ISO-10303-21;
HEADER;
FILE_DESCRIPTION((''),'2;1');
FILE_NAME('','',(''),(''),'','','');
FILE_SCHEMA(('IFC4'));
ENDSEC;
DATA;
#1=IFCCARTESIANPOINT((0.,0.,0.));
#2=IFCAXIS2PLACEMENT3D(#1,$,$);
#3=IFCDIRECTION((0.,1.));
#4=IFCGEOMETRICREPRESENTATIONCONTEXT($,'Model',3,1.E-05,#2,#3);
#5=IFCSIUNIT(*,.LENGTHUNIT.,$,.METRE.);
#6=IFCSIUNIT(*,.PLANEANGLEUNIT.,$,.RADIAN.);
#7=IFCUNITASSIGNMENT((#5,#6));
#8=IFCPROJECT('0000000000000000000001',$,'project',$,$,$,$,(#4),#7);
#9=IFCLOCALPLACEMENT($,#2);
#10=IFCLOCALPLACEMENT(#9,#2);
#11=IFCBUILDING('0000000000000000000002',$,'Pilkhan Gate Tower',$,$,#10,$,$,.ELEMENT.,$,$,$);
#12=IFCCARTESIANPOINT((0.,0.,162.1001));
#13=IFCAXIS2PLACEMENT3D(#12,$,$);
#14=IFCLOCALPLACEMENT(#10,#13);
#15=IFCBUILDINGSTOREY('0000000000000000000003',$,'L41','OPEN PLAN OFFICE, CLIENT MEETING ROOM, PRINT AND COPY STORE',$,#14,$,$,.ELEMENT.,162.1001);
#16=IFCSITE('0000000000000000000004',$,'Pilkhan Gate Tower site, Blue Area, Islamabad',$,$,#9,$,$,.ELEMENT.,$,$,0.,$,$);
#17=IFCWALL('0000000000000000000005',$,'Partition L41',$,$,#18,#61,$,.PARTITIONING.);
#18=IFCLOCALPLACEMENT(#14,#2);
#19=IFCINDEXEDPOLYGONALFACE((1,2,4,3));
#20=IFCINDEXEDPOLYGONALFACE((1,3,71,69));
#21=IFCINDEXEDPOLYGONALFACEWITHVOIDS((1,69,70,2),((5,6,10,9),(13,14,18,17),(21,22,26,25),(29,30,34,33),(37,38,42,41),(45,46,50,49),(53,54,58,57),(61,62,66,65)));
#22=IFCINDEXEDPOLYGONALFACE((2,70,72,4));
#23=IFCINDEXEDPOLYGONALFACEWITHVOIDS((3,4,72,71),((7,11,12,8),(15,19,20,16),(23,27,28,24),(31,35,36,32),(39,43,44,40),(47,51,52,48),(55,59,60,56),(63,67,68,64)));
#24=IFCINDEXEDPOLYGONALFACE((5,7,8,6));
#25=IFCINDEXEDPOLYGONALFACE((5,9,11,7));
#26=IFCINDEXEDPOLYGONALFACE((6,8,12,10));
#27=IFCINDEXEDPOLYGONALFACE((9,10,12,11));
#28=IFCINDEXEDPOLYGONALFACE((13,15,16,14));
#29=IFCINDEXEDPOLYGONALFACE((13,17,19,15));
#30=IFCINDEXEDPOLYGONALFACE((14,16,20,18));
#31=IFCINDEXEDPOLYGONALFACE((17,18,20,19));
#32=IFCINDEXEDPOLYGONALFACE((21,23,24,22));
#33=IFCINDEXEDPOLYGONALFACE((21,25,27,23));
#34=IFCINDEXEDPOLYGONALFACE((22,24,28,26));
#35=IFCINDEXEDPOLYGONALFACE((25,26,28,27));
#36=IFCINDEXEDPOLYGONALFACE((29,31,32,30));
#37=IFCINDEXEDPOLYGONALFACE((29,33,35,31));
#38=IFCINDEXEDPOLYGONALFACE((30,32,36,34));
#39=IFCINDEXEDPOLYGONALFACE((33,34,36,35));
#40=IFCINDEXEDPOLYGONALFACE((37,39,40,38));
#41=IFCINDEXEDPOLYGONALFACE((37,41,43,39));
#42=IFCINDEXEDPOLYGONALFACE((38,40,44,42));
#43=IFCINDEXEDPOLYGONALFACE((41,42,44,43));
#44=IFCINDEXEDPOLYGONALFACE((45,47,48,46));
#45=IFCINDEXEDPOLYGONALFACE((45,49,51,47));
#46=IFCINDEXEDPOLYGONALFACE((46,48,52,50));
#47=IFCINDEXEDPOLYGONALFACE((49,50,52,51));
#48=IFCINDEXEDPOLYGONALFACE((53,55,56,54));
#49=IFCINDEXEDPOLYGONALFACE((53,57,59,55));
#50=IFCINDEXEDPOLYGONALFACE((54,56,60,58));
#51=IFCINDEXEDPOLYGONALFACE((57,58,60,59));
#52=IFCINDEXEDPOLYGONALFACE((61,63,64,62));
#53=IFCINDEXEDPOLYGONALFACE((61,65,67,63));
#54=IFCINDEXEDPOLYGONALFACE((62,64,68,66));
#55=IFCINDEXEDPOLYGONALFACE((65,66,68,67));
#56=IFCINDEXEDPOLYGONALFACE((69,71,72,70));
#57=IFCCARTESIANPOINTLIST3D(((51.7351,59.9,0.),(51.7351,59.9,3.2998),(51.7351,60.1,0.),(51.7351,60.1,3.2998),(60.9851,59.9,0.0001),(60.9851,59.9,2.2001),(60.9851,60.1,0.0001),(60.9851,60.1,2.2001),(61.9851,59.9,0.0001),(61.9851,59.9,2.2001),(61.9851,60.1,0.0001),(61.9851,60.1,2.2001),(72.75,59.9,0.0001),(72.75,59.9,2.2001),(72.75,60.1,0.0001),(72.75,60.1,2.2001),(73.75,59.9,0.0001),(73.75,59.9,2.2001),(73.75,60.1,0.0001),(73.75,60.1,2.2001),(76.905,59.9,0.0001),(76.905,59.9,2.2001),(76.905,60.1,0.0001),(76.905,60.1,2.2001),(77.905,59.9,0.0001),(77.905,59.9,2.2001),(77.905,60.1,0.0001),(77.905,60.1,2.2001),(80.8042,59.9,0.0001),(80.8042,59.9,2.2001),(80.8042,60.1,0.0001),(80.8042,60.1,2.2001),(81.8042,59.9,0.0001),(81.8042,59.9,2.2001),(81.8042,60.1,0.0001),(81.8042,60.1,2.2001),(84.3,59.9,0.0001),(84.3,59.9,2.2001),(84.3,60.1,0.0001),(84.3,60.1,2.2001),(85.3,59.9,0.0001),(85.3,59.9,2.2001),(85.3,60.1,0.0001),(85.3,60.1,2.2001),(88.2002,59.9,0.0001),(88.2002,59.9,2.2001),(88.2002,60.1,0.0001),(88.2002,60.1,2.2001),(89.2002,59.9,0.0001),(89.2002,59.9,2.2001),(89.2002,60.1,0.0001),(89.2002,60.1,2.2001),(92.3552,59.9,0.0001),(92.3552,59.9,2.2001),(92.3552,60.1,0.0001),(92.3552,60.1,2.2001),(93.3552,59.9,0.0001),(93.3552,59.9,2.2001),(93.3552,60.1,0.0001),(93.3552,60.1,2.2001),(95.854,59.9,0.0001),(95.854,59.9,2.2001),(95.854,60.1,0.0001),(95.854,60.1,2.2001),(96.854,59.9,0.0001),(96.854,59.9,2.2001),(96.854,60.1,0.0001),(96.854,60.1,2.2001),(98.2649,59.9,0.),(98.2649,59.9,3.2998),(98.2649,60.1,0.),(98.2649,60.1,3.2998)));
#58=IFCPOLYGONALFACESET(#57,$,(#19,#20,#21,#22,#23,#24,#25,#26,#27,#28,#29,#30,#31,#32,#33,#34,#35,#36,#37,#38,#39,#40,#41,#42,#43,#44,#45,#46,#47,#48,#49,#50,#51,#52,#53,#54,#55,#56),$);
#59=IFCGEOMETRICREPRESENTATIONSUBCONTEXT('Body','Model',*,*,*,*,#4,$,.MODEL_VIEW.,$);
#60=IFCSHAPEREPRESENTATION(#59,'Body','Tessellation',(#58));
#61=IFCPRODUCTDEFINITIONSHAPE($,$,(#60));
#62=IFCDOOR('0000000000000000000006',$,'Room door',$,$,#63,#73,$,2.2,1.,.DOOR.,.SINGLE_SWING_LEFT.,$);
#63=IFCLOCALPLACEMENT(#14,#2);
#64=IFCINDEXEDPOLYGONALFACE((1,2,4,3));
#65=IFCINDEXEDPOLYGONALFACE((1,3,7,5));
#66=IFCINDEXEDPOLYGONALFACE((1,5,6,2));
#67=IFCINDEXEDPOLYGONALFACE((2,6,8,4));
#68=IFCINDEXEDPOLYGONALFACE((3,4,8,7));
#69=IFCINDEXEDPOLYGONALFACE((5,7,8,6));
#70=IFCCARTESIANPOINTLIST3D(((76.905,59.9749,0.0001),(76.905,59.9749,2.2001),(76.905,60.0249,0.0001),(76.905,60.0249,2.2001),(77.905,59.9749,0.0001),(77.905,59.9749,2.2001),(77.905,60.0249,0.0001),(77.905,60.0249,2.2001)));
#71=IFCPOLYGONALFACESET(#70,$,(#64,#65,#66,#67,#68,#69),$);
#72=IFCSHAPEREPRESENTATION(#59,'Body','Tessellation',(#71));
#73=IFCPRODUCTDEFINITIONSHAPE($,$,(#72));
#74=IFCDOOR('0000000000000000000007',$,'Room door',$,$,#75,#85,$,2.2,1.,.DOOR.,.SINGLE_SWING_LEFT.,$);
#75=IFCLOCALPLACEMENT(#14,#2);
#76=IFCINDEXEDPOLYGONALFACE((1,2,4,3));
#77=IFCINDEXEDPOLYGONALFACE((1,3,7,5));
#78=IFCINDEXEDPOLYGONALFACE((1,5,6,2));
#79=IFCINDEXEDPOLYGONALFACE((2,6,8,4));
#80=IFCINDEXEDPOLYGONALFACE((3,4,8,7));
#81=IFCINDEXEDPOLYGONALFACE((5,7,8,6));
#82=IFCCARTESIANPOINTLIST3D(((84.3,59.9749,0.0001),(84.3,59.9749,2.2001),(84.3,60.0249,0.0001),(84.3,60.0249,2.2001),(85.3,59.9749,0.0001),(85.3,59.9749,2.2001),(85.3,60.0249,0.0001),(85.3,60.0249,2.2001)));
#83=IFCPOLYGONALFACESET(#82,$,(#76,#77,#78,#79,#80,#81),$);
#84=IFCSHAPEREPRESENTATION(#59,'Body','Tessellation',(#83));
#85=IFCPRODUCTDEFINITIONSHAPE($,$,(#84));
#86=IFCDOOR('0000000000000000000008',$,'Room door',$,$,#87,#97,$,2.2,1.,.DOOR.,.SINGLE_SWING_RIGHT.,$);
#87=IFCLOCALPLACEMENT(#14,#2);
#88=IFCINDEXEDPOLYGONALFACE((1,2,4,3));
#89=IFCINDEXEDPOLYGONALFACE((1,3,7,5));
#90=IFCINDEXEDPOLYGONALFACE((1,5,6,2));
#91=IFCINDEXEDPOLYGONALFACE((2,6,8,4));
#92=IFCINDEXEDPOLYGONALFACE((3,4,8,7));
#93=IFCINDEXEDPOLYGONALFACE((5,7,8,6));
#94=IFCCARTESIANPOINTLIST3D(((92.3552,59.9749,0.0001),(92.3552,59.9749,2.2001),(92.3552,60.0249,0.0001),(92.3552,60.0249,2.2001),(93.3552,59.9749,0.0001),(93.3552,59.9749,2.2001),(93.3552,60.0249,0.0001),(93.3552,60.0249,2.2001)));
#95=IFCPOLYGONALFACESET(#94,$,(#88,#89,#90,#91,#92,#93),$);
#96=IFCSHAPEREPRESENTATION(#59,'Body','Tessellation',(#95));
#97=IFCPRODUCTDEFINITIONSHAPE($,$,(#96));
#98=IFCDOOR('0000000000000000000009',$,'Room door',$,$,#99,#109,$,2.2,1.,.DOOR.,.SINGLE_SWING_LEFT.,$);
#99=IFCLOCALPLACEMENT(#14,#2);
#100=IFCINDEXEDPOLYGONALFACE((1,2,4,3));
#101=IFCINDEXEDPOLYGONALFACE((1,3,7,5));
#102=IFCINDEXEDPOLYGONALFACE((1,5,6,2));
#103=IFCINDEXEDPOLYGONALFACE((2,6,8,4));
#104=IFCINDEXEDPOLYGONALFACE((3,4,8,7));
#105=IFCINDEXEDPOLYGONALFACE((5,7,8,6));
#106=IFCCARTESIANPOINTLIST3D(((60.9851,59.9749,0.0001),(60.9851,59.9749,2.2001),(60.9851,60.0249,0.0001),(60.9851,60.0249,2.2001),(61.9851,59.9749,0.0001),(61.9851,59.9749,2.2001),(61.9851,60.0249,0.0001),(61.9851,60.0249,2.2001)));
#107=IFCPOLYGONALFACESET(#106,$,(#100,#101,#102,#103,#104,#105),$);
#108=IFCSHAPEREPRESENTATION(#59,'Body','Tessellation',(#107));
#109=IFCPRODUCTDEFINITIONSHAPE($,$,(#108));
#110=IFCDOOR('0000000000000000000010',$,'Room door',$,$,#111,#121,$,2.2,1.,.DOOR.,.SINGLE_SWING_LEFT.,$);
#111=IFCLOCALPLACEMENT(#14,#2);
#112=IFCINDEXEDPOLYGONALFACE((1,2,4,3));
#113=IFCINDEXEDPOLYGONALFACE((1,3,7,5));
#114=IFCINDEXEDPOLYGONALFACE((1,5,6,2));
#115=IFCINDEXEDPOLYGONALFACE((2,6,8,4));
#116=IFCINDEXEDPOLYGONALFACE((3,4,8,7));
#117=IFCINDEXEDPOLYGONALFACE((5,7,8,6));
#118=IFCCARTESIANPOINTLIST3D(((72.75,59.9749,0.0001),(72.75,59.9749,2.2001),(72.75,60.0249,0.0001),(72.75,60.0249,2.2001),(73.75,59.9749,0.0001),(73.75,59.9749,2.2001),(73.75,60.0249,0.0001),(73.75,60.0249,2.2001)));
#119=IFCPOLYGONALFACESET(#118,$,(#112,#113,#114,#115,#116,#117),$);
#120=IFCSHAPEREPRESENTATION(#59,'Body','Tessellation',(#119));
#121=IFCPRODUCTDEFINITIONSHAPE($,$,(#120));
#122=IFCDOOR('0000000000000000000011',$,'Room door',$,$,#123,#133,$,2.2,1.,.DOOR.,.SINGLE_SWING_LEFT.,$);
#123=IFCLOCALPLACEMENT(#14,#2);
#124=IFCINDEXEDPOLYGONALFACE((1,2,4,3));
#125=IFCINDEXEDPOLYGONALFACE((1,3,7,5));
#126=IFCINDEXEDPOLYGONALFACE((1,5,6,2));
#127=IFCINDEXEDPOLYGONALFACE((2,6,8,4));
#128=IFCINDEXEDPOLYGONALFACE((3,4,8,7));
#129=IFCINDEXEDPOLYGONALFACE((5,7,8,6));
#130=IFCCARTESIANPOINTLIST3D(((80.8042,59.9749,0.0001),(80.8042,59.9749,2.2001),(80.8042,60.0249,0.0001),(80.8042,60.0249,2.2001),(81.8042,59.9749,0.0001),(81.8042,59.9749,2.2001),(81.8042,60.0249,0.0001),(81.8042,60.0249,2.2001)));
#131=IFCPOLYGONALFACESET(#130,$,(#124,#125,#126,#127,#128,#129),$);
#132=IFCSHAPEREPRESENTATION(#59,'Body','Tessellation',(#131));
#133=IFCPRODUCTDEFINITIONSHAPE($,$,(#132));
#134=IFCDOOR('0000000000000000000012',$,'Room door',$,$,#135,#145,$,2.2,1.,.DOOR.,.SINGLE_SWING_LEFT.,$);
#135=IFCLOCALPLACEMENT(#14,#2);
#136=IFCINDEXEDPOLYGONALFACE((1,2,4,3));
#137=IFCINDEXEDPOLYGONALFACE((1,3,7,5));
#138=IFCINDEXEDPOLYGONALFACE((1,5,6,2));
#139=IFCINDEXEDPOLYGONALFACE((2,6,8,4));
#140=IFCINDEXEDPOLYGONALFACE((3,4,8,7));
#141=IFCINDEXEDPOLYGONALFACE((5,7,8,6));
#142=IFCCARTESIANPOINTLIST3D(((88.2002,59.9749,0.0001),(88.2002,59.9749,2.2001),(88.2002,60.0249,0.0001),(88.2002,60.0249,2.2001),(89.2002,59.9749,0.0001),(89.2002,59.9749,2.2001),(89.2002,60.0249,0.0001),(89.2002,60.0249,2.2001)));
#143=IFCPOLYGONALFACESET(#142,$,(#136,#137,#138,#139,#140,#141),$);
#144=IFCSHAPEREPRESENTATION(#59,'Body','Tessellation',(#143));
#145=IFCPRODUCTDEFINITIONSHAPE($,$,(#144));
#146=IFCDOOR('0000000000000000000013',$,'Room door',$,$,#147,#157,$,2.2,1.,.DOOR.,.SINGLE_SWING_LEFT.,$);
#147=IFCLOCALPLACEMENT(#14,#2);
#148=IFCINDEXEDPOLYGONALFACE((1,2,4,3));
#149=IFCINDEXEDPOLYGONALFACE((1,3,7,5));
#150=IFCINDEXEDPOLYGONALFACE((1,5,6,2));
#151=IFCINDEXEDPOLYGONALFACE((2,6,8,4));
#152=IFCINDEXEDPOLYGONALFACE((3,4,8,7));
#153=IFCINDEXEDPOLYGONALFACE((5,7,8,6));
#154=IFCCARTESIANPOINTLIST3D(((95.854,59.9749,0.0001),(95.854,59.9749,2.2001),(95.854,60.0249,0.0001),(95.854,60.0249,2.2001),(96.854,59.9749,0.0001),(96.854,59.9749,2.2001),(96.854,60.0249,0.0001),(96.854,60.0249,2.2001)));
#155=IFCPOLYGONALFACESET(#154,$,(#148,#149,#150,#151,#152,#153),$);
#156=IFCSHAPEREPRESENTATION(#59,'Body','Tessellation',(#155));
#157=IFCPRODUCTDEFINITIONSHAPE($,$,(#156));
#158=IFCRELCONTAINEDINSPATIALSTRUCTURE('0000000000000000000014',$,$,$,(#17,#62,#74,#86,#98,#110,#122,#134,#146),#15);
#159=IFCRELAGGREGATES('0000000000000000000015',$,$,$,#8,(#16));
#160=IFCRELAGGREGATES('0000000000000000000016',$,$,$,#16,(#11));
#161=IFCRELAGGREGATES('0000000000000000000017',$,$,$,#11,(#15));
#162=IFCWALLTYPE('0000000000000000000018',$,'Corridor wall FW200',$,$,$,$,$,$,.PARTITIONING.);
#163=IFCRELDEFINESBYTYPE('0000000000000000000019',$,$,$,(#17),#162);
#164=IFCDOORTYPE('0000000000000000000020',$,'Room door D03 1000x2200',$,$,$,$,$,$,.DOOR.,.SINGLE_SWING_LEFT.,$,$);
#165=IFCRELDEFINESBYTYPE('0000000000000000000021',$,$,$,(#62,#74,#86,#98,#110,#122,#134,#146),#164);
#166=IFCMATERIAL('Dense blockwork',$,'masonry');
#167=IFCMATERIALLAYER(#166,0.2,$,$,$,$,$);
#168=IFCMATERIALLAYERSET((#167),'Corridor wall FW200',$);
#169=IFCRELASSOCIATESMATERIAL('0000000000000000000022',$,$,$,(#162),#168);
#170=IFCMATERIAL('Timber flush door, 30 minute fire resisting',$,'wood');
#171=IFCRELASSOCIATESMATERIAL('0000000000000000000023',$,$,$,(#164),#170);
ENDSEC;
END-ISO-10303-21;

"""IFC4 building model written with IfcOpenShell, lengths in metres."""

from ifc_helpers import new_model, si_unit, direction, frame, frame_2d, origin, place, context, subcontext, project, spatial, rectangle, extrude, material, layer, layer_set, type_object, element, fill, save


model = new_model("IFC4")

# Units and contexts
model_context = context("Model", 3, precision=1e-05, world=origin(), true_north=direction((0.0, 1.0)))
body_context = subcontext(model_context, "Body", "Model", "MODEL_VIEW")
ifc_project = project(units=[si_unit("LENGTHUNIT", "METRE"), si_unit("PLANEANGLEUNIT", "RADIAN")], contexts=[model_context])

# Site, building, storey
site_placement = place(None, origin())
site = spatial("IfcSite", under=ifc_project, at=site_placement, Name="Pilkhan Gate Tower site, Blue Area, Islamabad", CompositionType="ELEMENT", RefElevation=0.0)
building_placement = place(site_placement, origin())
building = spatial("IfcBuilding", under=site, at=building_placement, Name="Pilkhan Gate Tower", CompositionType="ELEMENT")
storey_placement = place(building_placement, frame((0.0, 0.0, 162.1001)))
storey = spatial("IfcBuildingStorey", under=building, at=storey_placement, Name="L41", Description="OPEN PLAN OFFICE, CLIENT MEETING ROOM, PRINT AND COPY STORE", CompositionType="ELEMENT", Elevation=162.1001)

# Wall, openings, doors
ifc_material_1 = material(Name="Dense blockwork", Category="masonry")
ifc_layer_1 = layer(ifc_material_1, 0.2)
ifc_layer_set_1 = layer_set([ifc_layer_1], Name="Corridor wall FW200")
wall_type_1 = type_object("IfcWallType", Name="Corridor wall FW200", PredefinedType="PARTITIONING", material=ifc_layer_set_1)
wall_1_placement = place(storey_placement, frame((51.7351, 60.0, 0.0), z_axis=(0.0, 0.0, 1.0), x_axis=(1.0, 0.0, 0.0)))
wall_1 = element("IfcWall", 1, at=wall_1_placement, inside=storey, type_object=wall_type_1, Name="Partition L41", PredefinedType="PARTITIONING", context=body_context, shape_type="SweptSolid", body=[
    extrude(rectangle(XDim=46.5298, YDim=0.2, at=frame_2d((23.2649, 0.0))), origin(), (0.0, 0.0, 1.0), 3.2998),
])
opening_1_placement = place(wall_1_placement, frame((25.1699, 0.0, 0.0)))
opening_1 = element("IfcOpeningElement", 2, at=opening_1_placement, cuts=wall_1, PredefinedType="OPENING", context=body_context, shape_type="SweptSolid", body=[
    extrude(rectangle(XDim=1.0, YDim=2.2, at=frame_2d((0.5, 1.1001))), frame((0.0, 0.1099, 0.0), z_axis=(0.0, -1.0, 0.0), x_axis=(1.0, 0.0, 0.0)), (0.0, 0.0, 1.0), 0.22),
])
opening_2_placement = place(wall_1_placement, frame((32.5649, 0.0, 0.0)))
opening_2 = element("IfcOpeningElement", 3, at=opening_2_placement, cuts=wall_1, PredefinedType="OPENING", context=body_context, shape_type="SweptSolid", body=[
    extrude(rectangle(XDim=1.0, YDim=2.2, at=frame_2d((0.5, 1.1001))), frame((0.0, 0.1099, 0.0), z_axis=(0.0, -1.0, 0.0), x_axis=(1.0, 0.0, 0.0)), (0.0, 0.0, 1.0), 0.22),
])
opening_3_placement = place(wall_1_placement, frame((40.6201, 0.0, 0.0)))
opening_3 = element("IfcOpeningElement", 4, at=opening_3_placement, cuts=wall_1, PredefinedType="OPENING", context=body_context, shape_type="SweptSolid", body=[
    extrude(rectangle(XDim=1.0, YDim=2.2, at=frame_2d((0.5, 1.1001))), frame((0.0, 0.1099, 0.0), z_axis=(0.0, -1.0, 0.0), x_axis=(1.0, 0.0, 0.0)), (0.0, 0.0, 1.0), 0.22),
])
opening_4_placement = place(wall_1_placement, frame((9.25, 0.0, 0.0)))
opening_4 = element("IfcOpeningElement", 5, at=opening_4_placement, cuts=wall_1, PredefinedType="OPENING", context=body_context, shape_type="SweptSolid", body=[
    extrude(rectangle(XDim=1.0, YDim=2.2, at=frame_2d((0.5, 1.1001))), frame((0.0, 0.1099, 0.0), z_axis=(0.0, -1.0, 0.0), x_axis=(1.0, 0.0, 0.0)), (0.0, 0.0, 1.0), 0.22),
])
opening_5_placement = place(wall_1_placement, frame((21.0149, 0.0, 0.0)))
opening_5 = element("IfcOpeningElement", 6, at=opening_5_placement, cuts=wall_1, PredefinedType="OPENING", context=body_context, shape_type="SweptSolid", body=[
    extrude(rectangle(XDim=1.0, YDim=2.2, at=frame_2d((0.5, 1.1001))), frame((0.0, 0.1099, 0.0), z_axis=(0.0, -1.0, 0.0), x_axis=(1.0, 0.0, 0.0)), (0.0, 0.0, 1.0), 0.22),
])
opening_6_placement = place(wall_1_placement, frame((29.0691, 0.0, 0.0)))
opening_6 = element("IfcOpeningElement", 7, at=opening_6_placement, cuts=wall_1, PredefinedType="OPENING", context=body_context, shape_type="SweptSolid", body=[
    extrude(rectangle(XDim=1.0, YDim=2.2, at=frame_2d((0.5, 1.1001))), frame((0.0, 0.1099, 0.0), z_axis=(0.0, -1.0, 0.0), x_axis=(1.0, 0.0, 0.0)), (0.0, 0.0, 1.0), 0.22),
])
opening_7_placement = place(wall_1_placement, frame((36.4651, 0.0, 0.0)))
opening_7 = element("IfcOpeningElement", 8, at=opening_7_placement, cuts=wall_1, PredefinedType="OPENING", context=body_context, shape_type="SweptSolid", body=[
    extrude(rectangle(XDim=1.0, YDim=2.2, at=frame_2d((0.5, 1.1001))), frame((0.0, 0.1099, 0.0), z_axis=(0.0, -1.0, 0.0), x_axis=(1.0, 0.0, 0.0)), (0.0, 0.0, 1.0), 0.22),
])
opening_8_placement = place(wall_1_placement, frame((44.1189, 0.0, 0.0)))
opening_8 = element("IfcOpeningElement", 9, at=opening_8_placement, cuts=wall_1, PredefinedType="OPENING", context=body_context, shape_type="SweptSolid", body=[
    extrude(rectangle(XDim=1.0, YDim=2.2, at=frame_2d((0.5, 1.1001))), frame((0.0, 0.1099, 0.0), z_axis=(0.0, -1.0, 0.0), x_axis=(1.0, 0.0, 0.0)), (0.0, 0.0, 1.0), 0.22),
])
ifc_material_2 = material(Name="Timber flush door, 30 minute fire resisting", Category="wood")
door_type = type_object("IfcDoorType", Name="Room door D03 1000x2200", OperationType="SINGLE_SWING_LEFT", PredefinedType="DOOR", material=ifc_material_2)
door_1_placement = place(opening_1_placement, origin())
door_1 = element("IfcDoor", 10, at=door_1_placement, inside=storey, type_object=door_type, Name="Room door", OperationType="SINGLE_SWING_LEFT", OverallHeight=2.2, OverallWidth=1.0, PredefinedType="DOOR", context=body_context, shape_type="SweptSolid", body=[
    extrude(rectangle(XDim=1.0, YDim=2.2, at=frame_2d((0.5, 1.1001))), frame((0.0, 0.0249, 0.0), z_axis=(0.0, -1.0, 0.0), x_axis=(1.0, 0.0, 0.0)), (0.0, 0.0, 1.0), 0.05),
])
fill(opening_1, door_1)
door_2_placement = place(opening_2_placement, origin())
door_2 = element("IfcDoor", 11, at=door_2_placement, inside=storey, type_object=door_type, Name="Room door", OperationType="SINGLE_SWING_LEFT", OverallHeight=2.2, OverallWidth=1.0, PredefinedType="DOOR", context=body_context, shape_type="SweptSolid", body=[
    extrude(rectangle(XDim=1.0, YDim=2.2, at=frame_2d((0.5, 1.1001))), frame((0.0, 0.0249, 0.0), z_axis=(0.0, -1.0, 0.0), x_axis=(1.0, 0.0, 0.0)), (0.0, 0.0, 1.0), 0.05),
])
fill(opening_2, door_2)
door_3_placement = place(opening_3_placement, origin())
door_3 = element("IfcDoor", 12, at=door_3_placement, inside=storey, type_object=door_type, Name="Room door", OperationType="SINGLE_SWING_RIGHT", OverallHeight=2.2, OverallWidth=1.0, PredefinedType="DOOR", context=body_context, shape_type="SweptSolid", body=[
    extrude(rectangle(XDim=1.0, YDim=2.2, at=frame_2d((0.5, 1.1001))), frame((0.0, 0.0249, 0.0), z_axis=(0.0, -1.0, 0.0), x_axis=(1.0, 0.0, 0.0)), (0.0, 0.0, 1.0), 0.05),
])
fill(opening_3, door_3)
door_4_placement = place(opening_4_placement, origin())
door_4 = element("IfcDoor", 13, at=door_4_placement, inside=storey, type_object=door_type, Name="Room door", OperationType="SINGLE_SWING_LEFT", OverallHeight=2.2, OverallWidth=1.0, PredefinedType="DOOR", context=body_context, shape_type="SweptSolid", body=[
    extrude(rectangle(XDim=1.0, YDim=2.2, at=frame_2d((0.5, 1.1001))), frame((0.0, 0.0249, 0.0), z_axis=(0.0, -1.0, 0.0), x_axis=(1.0, 0.0, 0.0)), (0.0, 0.0, 1.0), 0.05),
])
fill(opening_4, door_4)
door_5_placement = place(opening_5_placement, origin())
door_5 = element("IfcDoor", 14, at=door_5_placement, inside=storey, type_object=door_type, Name="Room door", OperationType="SINGLE_SWING_LEFT", OverallHeight=2.2, OverallWidth=1.0, PredefinedType="DOOR", context=body_context, shape_type="SweptSolid", body=[
    extrude(rectangle(XDim=1.0, YDim=2.2, at=frame_2d((0.5, 1.1001))), frame((0.0, 0.0249, 0.0), z_axis=(0.0, -1.0, 0.0), x_axis=(1.0, 0.0, 0.0)), (0.0, 0.0, 1.0), 0.05),
])
fill(opening_5, door_5)
door_6_placement = place(opening_6_placement, origin())
door_6 = element("IfcDoor", 15, at=door_6_placement, inside=storey, type_object=door_type, Name="Room door", OperationType="SINGLE_SWING_LEFT", OverallHeight=2.2, OverallWidth=1.0, PredefinedType="DOOR", context=body_context, shape_type="SweptSolid", body=[
    extrude(rectangle(XDim=1.0, YDim=2.2, at=frame_2d((0.5, 1.1001))), frame((0.0, 0.0249, 0.0), z_axis=(0.0, -1.0, 0.0), x_axis=(1.0, 0.0, 0.0)), (0.0, 0.0, 1.0), 0.05),
])
fill(opening_6, door_6)
door_7_placement = place(opening_7_placement, origin())
door_7 = element("IfcDoor", 16, at=door_7_placement, inside=storey, type_object=door_type, Name="Room door", OperationType="SINGLE_SWING_LEFT", OverallHeight=2.2, OverallWidth=1.0, PredefinedType="DOOR", context=body_context, shape_type="SweptSolid", body=[
    extrude(rectangle(XDim=1.0, YDim=2.2, at=frame_2d((0.5, 1.1001))), frame((0.0, 0.0249, 0.0), z_axis=(0.0, -1.0, 0.0), x_axis=(1.0, 0.0, 0.0)), (0.0, 0.0, 1.0), 0.05),
])
fill(opening_7, door_7)
door_8_placement = place(opening_8_placement, origin())
door_8 = element("IfcDoor", 17, at=door_8_placement, inside=storey, type_object=door_type, Name="Room door", OperationType="SINGLE_SWING_LEFT", OverallHeight=2.2, OverallWidth=1.0, PredefinedType="DOOR", context=body_context, shape_type="SweptSolid", body=[
    extrude(rectangle(XDim=1.0, YDim=2.2, at=frame_2d((0.5, 1.1001))), frame((0.0, 0.0249, 0.0), z_axis=(0.0, -1.0, 0.0), x_axis=(1.0, 0.0, 0.0)), (0.0, 0.0, 1.0), 0.05),
])
fill(opening_8, door_8)

save(model, "model.ifc")
